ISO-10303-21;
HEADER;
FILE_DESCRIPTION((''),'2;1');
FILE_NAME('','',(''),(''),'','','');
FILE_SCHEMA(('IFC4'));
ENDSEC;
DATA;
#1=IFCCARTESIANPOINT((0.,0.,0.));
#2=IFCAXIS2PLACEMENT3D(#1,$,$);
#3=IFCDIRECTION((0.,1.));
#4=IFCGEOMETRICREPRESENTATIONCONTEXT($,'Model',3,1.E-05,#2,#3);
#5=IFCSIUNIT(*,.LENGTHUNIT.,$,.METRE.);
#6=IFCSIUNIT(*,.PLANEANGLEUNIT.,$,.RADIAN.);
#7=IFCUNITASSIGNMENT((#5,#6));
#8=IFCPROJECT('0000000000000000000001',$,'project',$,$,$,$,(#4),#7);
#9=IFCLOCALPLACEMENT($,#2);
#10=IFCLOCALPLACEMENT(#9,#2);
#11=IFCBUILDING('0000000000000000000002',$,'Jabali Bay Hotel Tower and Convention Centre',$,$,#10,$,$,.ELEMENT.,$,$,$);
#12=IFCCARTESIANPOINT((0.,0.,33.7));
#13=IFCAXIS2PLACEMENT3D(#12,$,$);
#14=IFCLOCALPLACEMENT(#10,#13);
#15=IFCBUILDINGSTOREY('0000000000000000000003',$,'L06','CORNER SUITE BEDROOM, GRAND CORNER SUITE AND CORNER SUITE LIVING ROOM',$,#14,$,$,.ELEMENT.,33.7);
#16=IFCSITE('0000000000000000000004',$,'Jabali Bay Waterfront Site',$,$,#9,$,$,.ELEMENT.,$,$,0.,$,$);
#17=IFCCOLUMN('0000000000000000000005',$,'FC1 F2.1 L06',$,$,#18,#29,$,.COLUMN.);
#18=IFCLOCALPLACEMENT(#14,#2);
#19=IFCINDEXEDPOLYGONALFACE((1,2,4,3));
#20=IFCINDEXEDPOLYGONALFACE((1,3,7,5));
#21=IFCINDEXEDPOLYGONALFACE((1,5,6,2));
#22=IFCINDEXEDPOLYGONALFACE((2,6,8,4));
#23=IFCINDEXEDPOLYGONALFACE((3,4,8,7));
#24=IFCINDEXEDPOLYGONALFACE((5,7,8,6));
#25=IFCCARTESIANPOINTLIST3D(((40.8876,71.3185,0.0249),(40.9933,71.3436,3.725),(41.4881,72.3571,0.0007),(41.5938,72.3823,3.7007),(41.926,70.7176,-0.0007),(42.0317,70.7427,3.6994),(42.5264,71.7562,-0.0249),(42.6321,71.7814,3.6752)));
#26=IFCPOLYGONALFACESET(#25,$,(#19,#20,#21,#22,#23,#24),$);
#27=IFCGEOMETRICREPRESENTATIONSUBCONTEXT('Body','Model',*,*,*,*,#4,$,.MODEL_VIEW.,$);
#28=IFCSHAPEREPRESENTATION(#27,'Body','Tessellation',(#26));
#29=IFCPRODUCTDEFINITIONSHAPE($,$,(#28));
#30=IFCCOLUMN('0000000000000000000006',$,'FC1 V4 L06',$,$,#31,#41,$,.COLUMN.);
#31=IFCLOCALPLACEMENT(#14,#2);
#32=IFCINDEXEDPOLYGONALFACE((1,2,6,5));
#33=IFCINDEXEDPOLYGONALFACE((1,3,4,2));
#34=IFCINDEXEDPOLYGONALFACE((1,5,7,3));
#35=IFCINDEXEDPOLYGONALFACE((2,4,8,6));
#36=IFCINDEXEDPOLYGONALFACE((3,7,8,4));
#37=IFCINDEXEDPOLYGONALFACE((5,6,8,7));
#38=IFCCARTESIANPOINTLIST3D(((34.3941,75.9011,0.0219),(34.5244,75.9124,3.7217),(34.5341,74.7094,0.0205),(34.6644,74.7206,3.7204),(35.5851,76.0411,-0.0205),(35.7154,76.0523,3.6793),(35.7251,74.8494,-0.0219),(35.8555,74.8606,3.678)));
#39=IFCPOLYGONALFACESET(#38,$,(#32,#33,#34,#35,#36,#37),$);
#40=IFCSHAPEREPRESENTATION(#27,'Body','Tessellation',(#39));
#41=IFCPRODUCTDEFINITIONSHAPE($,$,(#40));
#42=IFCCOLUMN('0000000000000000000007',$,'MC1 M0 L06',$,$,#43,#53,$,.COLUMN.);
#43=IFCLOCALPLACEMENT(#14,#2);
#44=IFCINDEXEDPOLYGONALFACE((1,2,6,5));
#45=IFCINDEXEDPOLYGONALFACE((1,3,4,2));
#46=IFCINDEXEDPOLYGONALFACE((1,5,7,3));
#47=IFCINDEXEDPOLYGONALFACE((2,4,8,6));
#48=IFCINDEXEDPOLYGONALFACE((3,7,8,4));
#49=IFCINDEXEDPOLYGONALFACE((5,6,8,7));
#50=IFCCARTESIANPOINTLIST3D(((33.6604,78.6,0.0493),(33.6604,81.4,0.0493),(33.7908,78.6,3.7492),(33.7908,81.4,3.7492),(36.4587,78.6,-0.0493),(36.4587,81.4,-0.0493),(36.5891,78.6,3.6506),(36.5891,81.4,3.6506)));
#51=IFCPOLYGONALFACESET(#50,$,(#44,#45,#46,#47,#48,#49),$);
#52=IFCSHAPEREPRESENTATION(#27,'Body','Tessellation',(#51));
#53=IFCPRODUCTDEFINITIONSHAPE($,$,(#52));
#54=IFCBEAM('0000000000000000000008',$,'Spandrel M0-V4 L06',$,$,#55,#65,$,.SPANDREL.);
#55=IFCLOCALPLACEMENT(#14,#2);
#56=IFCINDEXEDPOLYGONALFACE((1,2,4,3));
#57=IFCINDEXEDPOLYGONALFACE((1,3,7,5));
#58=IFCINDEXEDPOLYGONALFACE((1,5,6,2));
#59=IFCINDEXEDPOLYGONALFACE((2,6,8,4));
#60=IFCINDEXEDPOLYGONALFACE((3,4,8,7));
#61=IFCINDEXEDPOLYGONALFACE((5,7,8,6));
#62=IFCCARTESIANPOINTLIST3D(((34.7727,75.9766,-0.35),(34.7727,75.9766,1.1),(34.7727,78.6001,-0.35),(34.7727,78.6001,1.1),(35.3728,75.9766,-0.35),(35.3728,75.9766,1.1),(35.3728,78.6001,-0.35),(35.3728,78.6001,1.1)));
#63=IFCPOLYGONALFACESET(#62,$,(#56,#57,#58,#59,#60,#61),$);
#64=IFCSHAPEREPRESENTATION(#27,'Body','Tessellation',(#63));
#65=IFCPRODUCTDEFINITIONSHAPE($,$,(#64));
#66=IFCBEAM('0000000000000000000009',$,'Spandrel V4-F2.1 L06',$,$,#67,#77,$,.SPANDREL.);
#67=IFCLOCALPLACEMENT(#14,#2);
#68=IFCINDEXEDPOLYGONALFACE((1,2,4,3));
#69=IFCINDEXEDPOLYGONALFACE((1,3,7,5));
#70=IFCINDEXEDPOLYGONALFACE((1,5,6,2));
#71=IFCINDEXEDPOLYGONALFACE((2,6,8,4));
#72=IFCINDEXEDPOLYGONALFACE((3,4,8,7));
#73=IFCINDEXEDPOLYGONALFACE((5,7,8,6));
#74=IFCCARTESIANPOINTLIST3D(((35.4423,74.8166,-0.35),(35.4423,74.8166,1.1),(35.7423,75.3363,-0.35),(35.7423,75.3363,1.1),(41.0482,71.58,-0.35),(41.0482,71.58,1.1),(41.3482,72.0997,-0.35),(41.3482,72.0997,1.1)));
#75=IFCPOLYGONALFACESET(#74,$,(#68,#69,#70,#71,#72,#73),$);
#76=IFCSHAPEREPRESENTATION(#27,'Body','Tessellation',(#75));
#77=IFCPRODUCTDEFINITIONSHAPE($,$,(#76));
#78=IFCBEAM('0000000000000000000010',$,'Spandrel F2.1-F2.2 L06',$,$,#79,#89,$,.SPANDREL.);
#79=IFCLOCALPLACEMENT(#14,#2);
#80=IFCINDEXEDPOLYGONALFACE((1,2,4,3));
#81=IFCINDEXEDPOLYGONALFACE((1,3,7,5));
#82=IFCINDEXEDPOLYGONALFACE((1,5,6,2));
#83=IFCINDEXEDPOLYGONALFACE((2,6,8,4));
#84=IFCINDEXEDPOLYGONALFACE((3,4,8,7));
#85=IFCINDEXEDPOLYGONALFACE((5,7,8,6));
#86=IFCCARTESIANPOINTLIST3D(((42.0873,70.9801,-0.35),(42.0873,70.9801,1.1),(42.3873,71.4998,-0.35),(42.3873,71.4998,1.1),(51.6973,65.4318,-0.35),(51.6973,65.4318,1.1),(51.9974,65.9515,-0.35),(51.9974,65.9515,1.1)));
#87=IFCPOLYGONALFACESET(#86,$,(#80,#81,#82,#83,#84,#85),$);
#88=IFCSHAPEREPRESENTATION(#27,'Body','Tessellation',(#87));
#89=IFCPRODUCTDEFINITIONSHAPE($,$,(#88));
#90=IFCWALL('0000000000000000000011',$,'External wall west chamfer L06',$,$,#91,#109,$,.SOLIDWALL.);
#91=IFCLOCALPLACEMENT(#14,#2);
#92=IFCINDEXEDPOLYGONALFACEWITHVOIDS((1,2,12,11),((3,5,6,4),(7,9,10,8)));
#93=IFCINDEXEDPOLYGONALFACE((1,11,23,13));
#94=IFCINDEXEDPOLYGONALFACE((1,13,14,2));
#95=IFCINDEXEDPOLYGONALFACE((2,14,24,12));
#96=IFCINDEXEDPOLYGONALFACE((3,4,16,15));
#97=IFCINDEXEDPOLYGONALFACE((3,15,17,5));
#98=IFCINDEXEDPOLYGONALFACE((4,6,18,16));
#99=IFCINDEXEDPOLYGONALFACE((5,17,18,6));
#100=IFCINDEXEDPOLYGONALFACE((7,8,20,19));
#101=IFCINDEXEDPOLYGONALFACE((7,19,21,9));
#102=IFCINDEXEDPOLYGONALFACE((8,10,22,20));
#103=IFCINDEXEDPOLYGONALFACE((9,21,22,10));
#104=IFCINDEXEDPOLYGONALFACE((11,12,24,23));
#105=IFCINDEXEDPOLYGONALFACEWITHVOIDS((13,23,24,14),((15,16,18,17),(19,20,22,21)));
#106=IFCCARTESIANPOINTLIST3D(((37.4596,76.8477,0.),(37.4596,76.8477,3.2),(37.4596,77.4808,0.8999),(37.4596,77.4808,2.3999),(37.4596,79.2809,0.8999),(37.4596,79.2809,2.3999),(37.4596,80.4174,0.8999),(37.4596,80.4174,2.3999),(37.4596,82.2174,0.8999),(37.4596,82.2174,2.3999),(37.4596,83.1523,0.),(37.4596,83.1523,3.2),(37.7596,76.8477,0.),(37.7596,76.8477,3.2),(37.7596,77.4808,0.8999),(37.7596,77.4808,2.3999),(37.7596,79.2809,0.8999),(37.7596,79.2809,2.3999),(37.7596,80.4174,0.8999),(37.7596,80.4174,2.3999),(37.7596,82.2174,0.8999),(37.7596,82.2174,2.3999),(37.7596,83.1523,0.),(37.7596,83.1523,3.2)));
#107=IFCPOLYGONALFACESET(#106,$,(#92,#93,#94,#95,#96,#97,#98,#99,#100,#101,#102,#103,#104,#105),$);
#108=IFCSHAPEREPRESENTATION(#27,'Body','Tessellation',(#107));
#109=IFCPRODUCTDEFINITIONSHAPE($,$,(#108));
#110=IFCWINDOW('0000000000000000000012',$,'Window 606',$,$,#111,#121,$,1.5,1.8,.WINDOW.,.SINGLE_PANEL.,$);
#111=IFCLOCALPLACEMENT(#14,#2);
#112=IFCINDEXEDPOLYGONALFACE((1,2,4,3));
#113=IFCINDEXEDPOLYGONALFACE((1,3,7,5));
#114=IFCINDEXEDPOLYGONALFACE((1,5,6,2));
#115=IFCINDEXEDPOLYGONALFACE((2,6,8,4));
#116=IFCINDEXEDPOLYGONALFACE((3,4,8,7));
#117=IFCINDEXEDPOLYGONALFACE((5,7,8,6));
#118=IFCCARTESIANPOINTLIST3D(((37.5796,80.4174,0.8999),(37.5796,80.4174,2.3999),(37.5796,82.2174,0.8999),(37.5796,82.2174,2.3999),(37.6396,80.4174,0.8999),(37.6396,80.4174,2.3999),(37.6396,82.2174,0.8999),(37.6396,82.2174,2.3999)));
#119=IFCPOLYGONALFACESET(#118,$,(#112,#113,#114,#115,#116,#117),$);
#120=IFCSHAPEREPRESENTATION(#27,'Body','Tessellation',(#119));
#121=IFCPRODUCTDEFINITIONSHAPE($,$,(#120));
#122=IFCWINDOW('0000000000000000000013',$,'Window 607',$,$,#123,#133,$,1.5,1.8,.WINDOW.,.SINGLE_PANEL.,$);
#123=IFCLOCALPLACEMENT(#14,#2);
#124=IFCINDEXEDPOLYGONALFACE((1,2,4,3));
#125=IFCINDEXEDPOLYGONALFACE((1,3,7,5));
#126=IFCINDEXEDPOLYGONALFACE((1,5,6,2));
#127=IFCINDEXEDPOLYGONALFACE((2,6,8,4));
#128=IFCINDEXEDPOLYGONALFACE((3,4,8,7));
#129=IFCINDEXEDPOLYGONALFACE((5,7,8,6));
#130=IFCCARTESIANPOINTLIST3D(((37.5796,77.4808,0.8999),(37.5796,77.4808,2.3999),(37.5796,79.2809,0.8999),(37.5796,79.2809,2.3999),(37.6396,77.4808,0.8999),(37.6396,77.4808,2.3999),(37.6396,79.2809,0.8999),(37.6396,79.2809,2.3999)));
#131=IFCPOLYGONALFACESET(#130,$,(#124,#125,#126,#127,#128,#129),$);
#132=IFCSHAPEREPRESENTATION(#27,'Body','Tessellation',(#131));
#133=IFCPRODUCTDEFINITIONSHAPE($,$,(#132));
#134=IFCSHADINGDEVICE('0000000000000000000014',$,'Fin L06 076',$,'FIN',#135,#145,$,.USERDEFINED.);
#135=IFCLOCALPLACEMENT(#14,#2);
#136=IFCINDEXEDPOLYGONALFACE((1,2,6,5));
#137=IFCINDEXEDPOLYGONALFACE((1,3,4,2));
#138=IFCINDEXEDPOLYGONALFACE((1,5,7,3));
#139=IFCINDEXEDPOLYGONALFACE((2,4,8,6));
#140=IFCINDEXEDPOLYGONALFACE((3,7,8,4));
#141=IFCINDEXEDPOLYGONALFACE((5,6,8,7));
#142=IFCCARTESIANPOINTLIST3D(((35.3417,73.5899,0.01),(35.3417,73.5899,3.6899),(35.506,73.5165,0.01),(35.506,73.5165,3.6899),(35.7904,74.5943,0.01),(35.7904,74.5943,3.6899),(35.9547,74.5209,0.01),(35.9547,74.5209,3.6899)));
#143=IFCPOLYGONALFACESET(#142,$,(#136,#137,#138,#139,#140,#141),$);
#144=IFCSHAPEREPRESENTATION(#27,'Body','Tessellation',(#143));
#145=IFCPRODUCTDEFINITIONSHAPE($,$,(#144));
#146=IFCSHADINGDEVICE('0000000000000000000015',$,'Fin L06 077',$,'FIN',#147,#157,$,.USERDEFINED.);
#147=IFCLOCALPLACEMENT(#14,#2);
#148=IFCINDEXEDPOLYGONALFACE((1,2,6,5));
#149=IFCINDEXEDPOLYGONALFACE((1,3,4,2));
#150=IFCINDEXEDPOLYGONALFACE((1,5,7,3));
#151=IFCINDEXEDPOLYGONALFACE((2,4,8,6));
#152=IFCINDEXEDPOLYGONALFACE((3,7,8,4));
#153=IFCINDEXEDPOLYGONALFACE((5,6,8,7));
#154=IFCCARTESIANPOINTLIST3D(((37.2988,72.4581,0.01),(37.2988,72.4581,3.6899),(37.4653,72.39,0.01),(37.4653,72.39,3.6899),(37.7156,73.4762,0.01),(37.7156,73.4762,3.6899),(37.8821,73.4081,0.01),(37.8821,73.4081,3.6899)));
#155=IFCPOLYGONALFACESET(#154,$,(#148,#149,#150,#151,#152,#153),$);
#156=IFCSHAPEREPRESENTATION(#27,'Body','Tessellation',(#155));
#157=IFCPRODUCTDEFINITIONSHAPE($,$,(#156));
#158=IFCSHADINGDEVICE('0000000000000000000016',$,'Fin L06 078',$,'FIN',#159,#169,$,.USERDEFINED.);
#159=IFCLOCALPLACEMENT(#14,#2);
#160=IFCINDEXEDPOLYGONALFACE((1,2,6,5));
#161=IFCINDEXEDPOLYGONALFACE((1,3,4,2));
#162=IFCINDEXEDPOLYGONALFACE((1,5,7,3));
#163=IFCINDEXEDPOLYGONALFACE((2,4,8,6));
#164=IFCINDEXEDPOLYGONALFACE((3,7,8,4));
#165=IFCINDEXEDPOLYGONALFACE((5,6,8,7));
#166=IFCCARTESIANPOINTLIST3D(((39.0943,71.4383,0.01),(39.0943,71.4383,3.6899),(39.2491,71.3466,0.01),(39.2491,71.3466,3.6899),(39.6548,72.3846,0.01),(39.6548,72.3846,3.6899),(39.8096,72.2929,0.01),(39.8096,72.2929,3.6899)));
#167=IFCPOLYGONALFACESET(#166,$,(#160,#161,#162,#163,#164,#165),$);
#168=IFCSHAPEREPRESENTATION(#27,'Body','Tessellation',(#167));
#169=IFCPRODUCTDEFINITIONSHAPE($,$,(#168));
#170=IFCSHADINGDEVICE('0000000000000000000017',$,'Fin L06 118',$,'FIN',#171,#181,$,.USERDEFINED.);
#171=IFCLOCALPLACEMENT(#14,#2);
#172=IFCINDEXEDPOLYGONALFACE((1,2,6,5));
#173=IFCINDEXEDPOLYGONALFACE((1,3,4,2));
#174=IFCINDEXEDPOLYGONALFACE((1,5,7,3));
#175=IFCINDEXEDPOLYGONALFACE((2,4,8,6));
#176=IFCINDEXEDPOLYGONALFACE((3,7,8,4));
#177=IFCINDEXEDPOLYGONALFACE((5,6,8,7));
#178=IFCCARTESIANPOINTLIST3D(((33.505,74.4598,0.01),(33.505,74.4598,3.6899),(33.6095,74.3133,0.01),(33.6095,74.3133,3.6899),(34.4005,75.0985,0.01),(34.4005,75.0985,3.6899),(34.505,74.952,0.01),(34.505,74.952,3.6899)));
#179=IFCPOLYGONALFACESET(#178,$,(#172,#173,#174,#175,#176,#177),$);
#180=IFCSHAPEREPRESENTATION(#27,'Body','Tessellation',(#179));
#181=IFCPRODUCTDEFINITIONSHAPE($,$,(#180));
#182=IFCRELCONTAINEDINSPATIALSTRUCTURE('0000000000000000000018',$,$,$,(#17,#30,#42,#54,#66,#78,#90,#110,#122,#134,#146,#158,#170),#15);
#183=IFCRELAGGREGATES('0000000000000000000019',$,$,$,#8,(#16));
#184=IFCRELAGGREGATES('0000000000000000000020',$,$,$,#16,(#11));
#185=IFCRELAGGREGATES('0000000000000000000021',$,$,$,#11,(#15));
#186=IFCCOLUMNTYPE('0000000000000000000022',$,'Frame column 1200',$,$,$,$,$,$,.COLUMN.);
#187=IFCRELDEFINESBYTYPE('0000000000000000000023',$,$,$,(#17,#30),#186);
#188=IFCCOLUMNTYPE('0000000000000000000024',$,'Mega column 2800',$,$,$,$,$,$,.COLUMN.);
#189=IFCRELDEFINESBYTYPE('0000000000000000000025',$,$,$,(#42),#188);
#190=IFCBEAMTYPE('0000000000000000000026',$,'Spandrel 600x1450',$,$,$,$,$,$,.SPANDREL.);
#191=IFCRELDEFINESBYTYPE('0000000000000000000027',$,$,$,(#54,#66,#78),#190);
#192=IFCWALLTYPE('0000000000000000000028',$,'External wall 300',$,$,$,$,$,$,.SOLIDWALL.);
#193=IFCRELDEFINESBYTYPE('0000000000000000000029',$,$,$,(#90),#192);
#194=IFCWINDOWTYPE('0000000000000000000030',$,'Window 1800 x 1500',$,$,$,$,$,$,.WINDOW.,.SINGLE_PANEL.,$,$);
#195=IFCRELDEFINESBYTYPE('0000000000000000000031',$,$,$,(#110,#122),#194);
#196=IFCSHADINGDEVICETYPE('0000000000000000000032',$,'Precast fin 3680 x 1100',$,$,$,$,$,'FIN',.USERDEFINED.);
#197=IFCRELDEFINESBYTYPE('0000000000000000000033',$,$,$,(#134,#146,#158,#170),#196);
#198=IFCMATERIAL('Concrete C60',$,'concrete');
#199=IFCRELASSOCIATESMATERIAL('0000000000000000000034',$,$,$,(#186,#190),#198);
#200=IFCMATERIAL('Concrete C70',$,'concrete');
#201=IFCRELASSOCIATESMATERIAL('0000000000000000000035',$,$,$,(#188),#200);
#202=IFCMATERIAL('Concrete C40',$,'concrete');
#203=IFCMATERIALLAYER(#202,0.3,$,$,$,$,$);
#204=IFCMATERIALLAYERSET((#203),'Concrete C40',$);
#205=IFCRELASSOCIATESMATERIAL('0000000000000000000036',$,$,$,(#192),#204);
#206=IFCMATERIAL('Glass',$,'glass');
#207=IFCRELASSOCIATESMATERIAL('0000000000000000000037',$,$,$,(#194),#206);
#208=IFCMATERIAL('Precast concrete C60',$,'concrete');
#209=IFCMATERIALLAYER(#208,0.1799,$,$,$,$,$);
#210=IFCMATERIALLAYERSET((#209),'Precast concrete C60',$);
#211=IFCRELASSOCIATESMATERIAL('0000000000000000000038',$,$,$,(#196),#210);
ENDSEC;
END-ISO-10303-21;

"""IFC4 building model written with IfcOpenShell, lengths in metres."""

from ifc_helpers import new_model, si_unit, direction, frame, frame_2d, origin, origin_2d, place, context, subcontext, project, spatial, rectangle, extrude, material, layer, layer_set, material_profile, profile_set, type_object, element, fill, save


model = new_model("IFC4")

# Units and contexts
model_context = context("Model", 3, precision=1e-05, world=origin(), true_north=direction((0.0, 1.0)))
body_context = subcontext(model_context, "Body", "Model", "MODEL_VIEW")
ifc_project = project(units=[si_unit("LENGTHUNIT", "METRE"), si_unit("PLANEANGLEUNIT", "RADIAN")], contexts=[model_context])

# Site, building, storey
site_placement = place(None, origin())
site = spatial("IfcSite", under=ifc_project, at=site_placement, Name="Jabali Bay Waterfront Site", CompositionType="ELEMENT", RefElevation=0.0)
building_placement = place(site_placement, origin())
building = spatial("IfcBuilding", under=site, at=building_placement, Name="Jabali Bay Hotel Tower and Convention Centre", CompositionType="ELEMENT")
storey_placement = place(building_placement, frame((0.0, 0.0, 33.7)))
storey = spatial("IfcBuildingStorey", under=building, at=storey_placement, Name="L06", Description="CORNER SUITE BEDROOM, GRAND CORNER SUITE AND CORNER SUITE LIVING ROOM", CompositionType="ELEMENT", Elevation=33.7)

# Columns
ifc_material_1 = material(Name="Concrete C60", Category="concrete")
ifc_material_profile_1 = material_profile(ifc_material_1, rectangle(XDim=1.2, YDim=1.2, at=origin_2d()), Name="Frame column 1200")
ifc_profile_set_1 = profile_set([ifc_material_profile_1], Name="Concrete C60")
column_type_1 = type_object("IfcColumnType", Name="Frame column 1200", PredefinedType="COLUMN", material=ifc_profile_set_1)
column_1_placement = place(storey_placement, frame((41.707, 71.5374, 0.0), z_axis=(0.028559, 0.006794, 0.999569), x_axis=(-0.865319, 0.500768, 0.02132)))
element("IfcColumn", 1, at=column_1_placement, inside=storey, type_object=column_type_1, Name="FC1 F2.1 L06", PredefinedType="COLUMN", context=body_context, shape_type="SweptSolid", body=[
    extrude(rectangle(XDim=1.2, YDim=1.2, at=origin_2d()), origin(), (0.0, 0.0, 1.0), 3.7017),
])
column_2_placement = place(storey_placement, frame((35.0596, 75.3752, 0.0), z_axis=(0.035214, 0.003033, 0.999375), x_axis=(-0.116693, 0.993167, 0.001097)))
element("IfcColumn", 2, at=column_2_placement, inside=storey, type_object=column_type_1, Name="FC1 V4 L06", PredefinedType="COLUMN", context=body_context, shape_type="SweptSolid", body=[
    extrude(rectangle(XDim=1.2, YDim=1.2, at=origin_2d()), origin(), (0.0, 0.0, 1.0), 3.7021),
])
ifc_material_2 = material(Name="Concrete C70", Category="concrete")
ifc_material_profile_2 = material_profile(ifc_material_2, rectangle(XDim=2.8, YDim=2.8, at=origin_2d()), Name="Mega column 2800")
ifc_profile_set_2 = profile_set([ifc_material_profile_2], Name="Concrete C70")
column_type_2 = type_object("IfcColumnType", Name="Mega column 2800", PredefinedType="COLUMN", material=ifc_profile_set_2)
column_3_placement = place(storey_placement, frame((35.0596, 80.0, 0.0), z_axis=(0.035214, 0.0, 0.99938), x_axis=(0.0, 1.0, 0.0)))
element("IfcColumn", 3, at=column_3_placement, inside=storey, type_object=column_type_2, Name="MC1 M0 L06", PredefinedType="COLUMN", context=body_context, shape_type="SweptSolid", body=[
    extrude(rectangle(XDim=2.8, YDim=2.8, at=origin_2d()), origin(), (0.0, 0.0, 1.0), 3.7021),
])

# Beams
ifc_material_profile_3 = material_profile(ifc_material_1, rectangle(XDim=0.6001, YDim=1.45, at=origin_2d()), Name="Spandrel 600x1450")
ifc_profile_set_3 = profile_set([ifc_material_profile_3], Name="Concrete C60")
beam_type = type_object("IfcBeamType", Name="Spandrel 600x1450", PredefinedType="SPANDREL", material=ifc_profile_set_3)
beam_1_placement = place(storey_placement, frame((35.0728, 78.6001, 0.375), z_axis=(0.0, -1.0, 0.0), x_axis=(1.0, 0.0, 0.0)))
element("IfcBeam", 4, at=beam_1_placement, inside=storey, type_object=beam_type, Name="Spandrel M0-V4 L06", PredefinedType="SPANDREL", context=body_context, shape_type="SweptSolid", body=[
    extrude(rectangle(XDim=0.6001, YDim=1.45, at=origin_2d()), origin(), (0.0, 0.0, 1.0), 2.6235),
])
beam_2_placement = place(storey_placement, frame((35.5923, 75.0764, 0.375), z_axis=(0.866027, -0.499997, 0.0), x_axis=(0.499997, 0.866027, 0.0)))
element("IfcBeam", 5, at=beam_2_placement, inside=storey, type_object=beam_type, Name="Spandrel V4-F2.1 L06", PredefinedType="SPANDREL", context=body_context, shape_type="SweptSolid", body=[
    extrude(rectangle(XDim=0.6001, YDim=1.45, at=origin_2d()), origin(), (0.0, 0.0, 1.0), 6.4731),
])
beam_3_placement = place(storey_placement, frame((42.2373, 71.24, 0.375), z_axis=(0.866028, -0.499996, 0.0), x_axis=(0.499996, 0.866028, 0.0)))
element("IfcBeam", 6, at=beam_3_placement, inside=storey, type_object=beam_type, Name="Spandrel F2.1-F2.2 L06", PredefinedType="SPANDREL", context=body_context, shape_type="SweptSolid", body=[
    extrude(rectangle(XDim=0.6001, YDim=1.45, at=origin_2d()), origin(), (0.0, 0.0, 1.0), 11.0967),
])

# Wall, openings, windows
ifc_material_3 = material(Name="Concrete C40", Category="concrete")
ifc_layer_1 = layer(ifc_material_3, 0.3)
ifc_layer_set_1 = layer_set([ifc_layer_1], Name="Concrete C40")
wall_type = type_object("IfcWallType", Name="External wall 300", PredefinedType="SOLIDWALL", material=ifc_layer_set_1)
wall_placement = place(storey_placement, frame((37.6096, 76.8477, 0.0), z_axis=(0.0, 0.0, 1.0), x_axis=(0.0, 1.0, 0.0)))
wall = element("IfcWall", 7, at=wall_placement, inside=storey, type_object=wall_type, Name="External wall west chamfer L06", PredefinedType="SOLIDWALL", context=body_context, shape_type="SweptSolid", body=[
    extrude(rectangle(XDim=6.3047, YDim=0.3, at=frame_2d((3.1523, 0.0))), origin(), (0.0, 0.0, 1.0), 3.2),
])
opening_1_placement = place(wall_placement, frame((3.5698, 0.0, 0.8999)))
opening_1 = element("IfcOpeningElement", 8, at=opening_1_placement, cuts=wall, PredefinedType="OPENING", context=body_context, shape_type="SweptSolid", body=[
    extrude(rectangle(XDim=1.8, YDim=1.5, at=frame_2d((0.8999, 0.75))), frame((0.0, 0.1606, 0.0), z_axis=(0.0, -1.0, 0.0), x_axis=(1.0, 0.0, 0.0)), (0.0, 0.0, 1.0), 0.321),
])
opening_2_placement = place(wall_placement, frame((0.6333, 0.0, 0.8999)))
opening_2 = element("IfcOpeningElement", 9, at=opening_2_placement, cuts=wall, PredefinedType="OPENING", context=body_context, shape_type="SweptSolid", body=[
    extrude(rectangle(XDim=1.8, YDim=1.5, at=frame_2d((0.8999, 0.75))), frame((0.0, 0.1606, 0.0), z_axis=(0.0, -1.0, 0.0), x_axis=(1.0, 0.0, 0.0)), (0.0, 0.0, 1.0), 0.321),
])
ifc_material_4 = material(Name="Glass", Category="glass")
window_type = type_object("IfcWindowType", Name="Window 1800 x 1500", PartitioningType="SINGLE_PANEL", PredefinedType="WINDOW", material=ifc_material_4)
window_1_placement = place(opening_1_placement, origin())
window_1 = element("IfcWindow", 10, at=window_1_placement, inside=storey, type_object=window_type, Name="Window 606", OverallHeight=1.5, OverallWidth=1.8, PartitioningType="SINGLE_PANEL", PredefinedType="WINDOW", context=body_context, shape_type="SweptSolid", body=[
    extrude(rectangle(XDim=1.8, YDim=1.5, at=frame_2d((0.8999, 0.75))), frame((0.0, 0.03, 0.0), z_axis=(0.0, -1.0, 0.0), x_axis=(1.0, 0.0, 0.0)), (0.0, 0.0, 1.0), 0.0601),
])
fill(opening_1, window_1)
window_2_placement = place(opening_2_placement, origin())
window_2 = element("IfcWindow", 11, at=window_2_placement, inside=storey, type_object=window_type, Name="Window 607", OverallHeight=1.5, OverallWidth=1.8, PartitioningType="SINGLE_PANEL", PredefinedType="WINDOW", context=body_context, shape_type="SweptSolid", body=[
    extrude(rectangle(XDim=1.8, YDim=1.5, at=frame_2d((0.8999, 0.75))), frame((0.0, 0.03, 0.0), z_axis=(0.0, -1.0, 0.0), x_axis=(1.0, 0.0, 0.0)), (0.0, 0.0, 1.0), 0.0601),
])
fill(opening_2, window_2)

# Shading devices
ifc_material_5 = material(Name="Precast concrete C60", Category="concrete")
ifc_layer_2 = layer(ifc_material_5, 0.1799)
ifc_layer_set_2 = layer_set([ifc_layer_2], Name="Precast concrete C60")
shading_device_type_1 = type_object("IfcShadingDeviceType", Name="Precast fin 3680 x 1100", ElementType="FIN", PredefinedType="USERDEFINED", material=ifc_layer_set_2)
for number, where, z_axis, x_axis, name in (
    (12, (35.8726, 74.5576, 0.01), (0.0, 0.0, 1.0), (-0.407909, -0.913023, 0.0), "Fin L06 076"),
    (13, (37.7988, 73.4421, 0.01), (0.0, 0.0, 1.0), (-0.37884, -0.925462, 0.0), "Fin L06 077"),
):
    element("IfcShadingDevice", number, at=place(storey_placement, frame(where, z_axis=z_axis, x_axis=x_axis)), inside=storey, type_object=shading_device_type_1, Name=name, ObjectType="FIN", PredefinedType="USERDEFINED", context=body_context, shape_type="SweptSolid", body=[
        extrude(rectangle(XDim=1.1001, YDim=0.1799, at=frame_2d((0.55, 0.0))), origin(), (0.0, 0.0, 1.0), 3.6799),
    ])
for number, where, z_axis, x_axis, name in (
    (14, (39.7322, 72.3386, 0.01), (0.0, 0.0, 1.0), (-0.509656, -0.860378, 0.0), "Fin L06 078"),
    (15, (34.4526, 75.0251, 0.01), (0.0, 0.0, 1.0), (-0.814153, -0.58065, 0.0), "Fin L06 118"),
):
    element("IfcShadingDevice", number, at=place(storey_placement, frame(where, z_axis=z_axis, x_axis=x_axis)), inside=storey, type_object=shading_device_type_1, Name=name, ObjectType="FIN", PredefinedType="USERDEFINED", context=body_context, shape_type="SweptSolid", body=[
        extrude(rectangle(XDim=1.0999, YDim=0.1799, at=frame_2d((0.5498, 0.0))), origin(), (0.0, 0.0, 1.0), 3.6799),
    ])

save(model, "model.ifc")
